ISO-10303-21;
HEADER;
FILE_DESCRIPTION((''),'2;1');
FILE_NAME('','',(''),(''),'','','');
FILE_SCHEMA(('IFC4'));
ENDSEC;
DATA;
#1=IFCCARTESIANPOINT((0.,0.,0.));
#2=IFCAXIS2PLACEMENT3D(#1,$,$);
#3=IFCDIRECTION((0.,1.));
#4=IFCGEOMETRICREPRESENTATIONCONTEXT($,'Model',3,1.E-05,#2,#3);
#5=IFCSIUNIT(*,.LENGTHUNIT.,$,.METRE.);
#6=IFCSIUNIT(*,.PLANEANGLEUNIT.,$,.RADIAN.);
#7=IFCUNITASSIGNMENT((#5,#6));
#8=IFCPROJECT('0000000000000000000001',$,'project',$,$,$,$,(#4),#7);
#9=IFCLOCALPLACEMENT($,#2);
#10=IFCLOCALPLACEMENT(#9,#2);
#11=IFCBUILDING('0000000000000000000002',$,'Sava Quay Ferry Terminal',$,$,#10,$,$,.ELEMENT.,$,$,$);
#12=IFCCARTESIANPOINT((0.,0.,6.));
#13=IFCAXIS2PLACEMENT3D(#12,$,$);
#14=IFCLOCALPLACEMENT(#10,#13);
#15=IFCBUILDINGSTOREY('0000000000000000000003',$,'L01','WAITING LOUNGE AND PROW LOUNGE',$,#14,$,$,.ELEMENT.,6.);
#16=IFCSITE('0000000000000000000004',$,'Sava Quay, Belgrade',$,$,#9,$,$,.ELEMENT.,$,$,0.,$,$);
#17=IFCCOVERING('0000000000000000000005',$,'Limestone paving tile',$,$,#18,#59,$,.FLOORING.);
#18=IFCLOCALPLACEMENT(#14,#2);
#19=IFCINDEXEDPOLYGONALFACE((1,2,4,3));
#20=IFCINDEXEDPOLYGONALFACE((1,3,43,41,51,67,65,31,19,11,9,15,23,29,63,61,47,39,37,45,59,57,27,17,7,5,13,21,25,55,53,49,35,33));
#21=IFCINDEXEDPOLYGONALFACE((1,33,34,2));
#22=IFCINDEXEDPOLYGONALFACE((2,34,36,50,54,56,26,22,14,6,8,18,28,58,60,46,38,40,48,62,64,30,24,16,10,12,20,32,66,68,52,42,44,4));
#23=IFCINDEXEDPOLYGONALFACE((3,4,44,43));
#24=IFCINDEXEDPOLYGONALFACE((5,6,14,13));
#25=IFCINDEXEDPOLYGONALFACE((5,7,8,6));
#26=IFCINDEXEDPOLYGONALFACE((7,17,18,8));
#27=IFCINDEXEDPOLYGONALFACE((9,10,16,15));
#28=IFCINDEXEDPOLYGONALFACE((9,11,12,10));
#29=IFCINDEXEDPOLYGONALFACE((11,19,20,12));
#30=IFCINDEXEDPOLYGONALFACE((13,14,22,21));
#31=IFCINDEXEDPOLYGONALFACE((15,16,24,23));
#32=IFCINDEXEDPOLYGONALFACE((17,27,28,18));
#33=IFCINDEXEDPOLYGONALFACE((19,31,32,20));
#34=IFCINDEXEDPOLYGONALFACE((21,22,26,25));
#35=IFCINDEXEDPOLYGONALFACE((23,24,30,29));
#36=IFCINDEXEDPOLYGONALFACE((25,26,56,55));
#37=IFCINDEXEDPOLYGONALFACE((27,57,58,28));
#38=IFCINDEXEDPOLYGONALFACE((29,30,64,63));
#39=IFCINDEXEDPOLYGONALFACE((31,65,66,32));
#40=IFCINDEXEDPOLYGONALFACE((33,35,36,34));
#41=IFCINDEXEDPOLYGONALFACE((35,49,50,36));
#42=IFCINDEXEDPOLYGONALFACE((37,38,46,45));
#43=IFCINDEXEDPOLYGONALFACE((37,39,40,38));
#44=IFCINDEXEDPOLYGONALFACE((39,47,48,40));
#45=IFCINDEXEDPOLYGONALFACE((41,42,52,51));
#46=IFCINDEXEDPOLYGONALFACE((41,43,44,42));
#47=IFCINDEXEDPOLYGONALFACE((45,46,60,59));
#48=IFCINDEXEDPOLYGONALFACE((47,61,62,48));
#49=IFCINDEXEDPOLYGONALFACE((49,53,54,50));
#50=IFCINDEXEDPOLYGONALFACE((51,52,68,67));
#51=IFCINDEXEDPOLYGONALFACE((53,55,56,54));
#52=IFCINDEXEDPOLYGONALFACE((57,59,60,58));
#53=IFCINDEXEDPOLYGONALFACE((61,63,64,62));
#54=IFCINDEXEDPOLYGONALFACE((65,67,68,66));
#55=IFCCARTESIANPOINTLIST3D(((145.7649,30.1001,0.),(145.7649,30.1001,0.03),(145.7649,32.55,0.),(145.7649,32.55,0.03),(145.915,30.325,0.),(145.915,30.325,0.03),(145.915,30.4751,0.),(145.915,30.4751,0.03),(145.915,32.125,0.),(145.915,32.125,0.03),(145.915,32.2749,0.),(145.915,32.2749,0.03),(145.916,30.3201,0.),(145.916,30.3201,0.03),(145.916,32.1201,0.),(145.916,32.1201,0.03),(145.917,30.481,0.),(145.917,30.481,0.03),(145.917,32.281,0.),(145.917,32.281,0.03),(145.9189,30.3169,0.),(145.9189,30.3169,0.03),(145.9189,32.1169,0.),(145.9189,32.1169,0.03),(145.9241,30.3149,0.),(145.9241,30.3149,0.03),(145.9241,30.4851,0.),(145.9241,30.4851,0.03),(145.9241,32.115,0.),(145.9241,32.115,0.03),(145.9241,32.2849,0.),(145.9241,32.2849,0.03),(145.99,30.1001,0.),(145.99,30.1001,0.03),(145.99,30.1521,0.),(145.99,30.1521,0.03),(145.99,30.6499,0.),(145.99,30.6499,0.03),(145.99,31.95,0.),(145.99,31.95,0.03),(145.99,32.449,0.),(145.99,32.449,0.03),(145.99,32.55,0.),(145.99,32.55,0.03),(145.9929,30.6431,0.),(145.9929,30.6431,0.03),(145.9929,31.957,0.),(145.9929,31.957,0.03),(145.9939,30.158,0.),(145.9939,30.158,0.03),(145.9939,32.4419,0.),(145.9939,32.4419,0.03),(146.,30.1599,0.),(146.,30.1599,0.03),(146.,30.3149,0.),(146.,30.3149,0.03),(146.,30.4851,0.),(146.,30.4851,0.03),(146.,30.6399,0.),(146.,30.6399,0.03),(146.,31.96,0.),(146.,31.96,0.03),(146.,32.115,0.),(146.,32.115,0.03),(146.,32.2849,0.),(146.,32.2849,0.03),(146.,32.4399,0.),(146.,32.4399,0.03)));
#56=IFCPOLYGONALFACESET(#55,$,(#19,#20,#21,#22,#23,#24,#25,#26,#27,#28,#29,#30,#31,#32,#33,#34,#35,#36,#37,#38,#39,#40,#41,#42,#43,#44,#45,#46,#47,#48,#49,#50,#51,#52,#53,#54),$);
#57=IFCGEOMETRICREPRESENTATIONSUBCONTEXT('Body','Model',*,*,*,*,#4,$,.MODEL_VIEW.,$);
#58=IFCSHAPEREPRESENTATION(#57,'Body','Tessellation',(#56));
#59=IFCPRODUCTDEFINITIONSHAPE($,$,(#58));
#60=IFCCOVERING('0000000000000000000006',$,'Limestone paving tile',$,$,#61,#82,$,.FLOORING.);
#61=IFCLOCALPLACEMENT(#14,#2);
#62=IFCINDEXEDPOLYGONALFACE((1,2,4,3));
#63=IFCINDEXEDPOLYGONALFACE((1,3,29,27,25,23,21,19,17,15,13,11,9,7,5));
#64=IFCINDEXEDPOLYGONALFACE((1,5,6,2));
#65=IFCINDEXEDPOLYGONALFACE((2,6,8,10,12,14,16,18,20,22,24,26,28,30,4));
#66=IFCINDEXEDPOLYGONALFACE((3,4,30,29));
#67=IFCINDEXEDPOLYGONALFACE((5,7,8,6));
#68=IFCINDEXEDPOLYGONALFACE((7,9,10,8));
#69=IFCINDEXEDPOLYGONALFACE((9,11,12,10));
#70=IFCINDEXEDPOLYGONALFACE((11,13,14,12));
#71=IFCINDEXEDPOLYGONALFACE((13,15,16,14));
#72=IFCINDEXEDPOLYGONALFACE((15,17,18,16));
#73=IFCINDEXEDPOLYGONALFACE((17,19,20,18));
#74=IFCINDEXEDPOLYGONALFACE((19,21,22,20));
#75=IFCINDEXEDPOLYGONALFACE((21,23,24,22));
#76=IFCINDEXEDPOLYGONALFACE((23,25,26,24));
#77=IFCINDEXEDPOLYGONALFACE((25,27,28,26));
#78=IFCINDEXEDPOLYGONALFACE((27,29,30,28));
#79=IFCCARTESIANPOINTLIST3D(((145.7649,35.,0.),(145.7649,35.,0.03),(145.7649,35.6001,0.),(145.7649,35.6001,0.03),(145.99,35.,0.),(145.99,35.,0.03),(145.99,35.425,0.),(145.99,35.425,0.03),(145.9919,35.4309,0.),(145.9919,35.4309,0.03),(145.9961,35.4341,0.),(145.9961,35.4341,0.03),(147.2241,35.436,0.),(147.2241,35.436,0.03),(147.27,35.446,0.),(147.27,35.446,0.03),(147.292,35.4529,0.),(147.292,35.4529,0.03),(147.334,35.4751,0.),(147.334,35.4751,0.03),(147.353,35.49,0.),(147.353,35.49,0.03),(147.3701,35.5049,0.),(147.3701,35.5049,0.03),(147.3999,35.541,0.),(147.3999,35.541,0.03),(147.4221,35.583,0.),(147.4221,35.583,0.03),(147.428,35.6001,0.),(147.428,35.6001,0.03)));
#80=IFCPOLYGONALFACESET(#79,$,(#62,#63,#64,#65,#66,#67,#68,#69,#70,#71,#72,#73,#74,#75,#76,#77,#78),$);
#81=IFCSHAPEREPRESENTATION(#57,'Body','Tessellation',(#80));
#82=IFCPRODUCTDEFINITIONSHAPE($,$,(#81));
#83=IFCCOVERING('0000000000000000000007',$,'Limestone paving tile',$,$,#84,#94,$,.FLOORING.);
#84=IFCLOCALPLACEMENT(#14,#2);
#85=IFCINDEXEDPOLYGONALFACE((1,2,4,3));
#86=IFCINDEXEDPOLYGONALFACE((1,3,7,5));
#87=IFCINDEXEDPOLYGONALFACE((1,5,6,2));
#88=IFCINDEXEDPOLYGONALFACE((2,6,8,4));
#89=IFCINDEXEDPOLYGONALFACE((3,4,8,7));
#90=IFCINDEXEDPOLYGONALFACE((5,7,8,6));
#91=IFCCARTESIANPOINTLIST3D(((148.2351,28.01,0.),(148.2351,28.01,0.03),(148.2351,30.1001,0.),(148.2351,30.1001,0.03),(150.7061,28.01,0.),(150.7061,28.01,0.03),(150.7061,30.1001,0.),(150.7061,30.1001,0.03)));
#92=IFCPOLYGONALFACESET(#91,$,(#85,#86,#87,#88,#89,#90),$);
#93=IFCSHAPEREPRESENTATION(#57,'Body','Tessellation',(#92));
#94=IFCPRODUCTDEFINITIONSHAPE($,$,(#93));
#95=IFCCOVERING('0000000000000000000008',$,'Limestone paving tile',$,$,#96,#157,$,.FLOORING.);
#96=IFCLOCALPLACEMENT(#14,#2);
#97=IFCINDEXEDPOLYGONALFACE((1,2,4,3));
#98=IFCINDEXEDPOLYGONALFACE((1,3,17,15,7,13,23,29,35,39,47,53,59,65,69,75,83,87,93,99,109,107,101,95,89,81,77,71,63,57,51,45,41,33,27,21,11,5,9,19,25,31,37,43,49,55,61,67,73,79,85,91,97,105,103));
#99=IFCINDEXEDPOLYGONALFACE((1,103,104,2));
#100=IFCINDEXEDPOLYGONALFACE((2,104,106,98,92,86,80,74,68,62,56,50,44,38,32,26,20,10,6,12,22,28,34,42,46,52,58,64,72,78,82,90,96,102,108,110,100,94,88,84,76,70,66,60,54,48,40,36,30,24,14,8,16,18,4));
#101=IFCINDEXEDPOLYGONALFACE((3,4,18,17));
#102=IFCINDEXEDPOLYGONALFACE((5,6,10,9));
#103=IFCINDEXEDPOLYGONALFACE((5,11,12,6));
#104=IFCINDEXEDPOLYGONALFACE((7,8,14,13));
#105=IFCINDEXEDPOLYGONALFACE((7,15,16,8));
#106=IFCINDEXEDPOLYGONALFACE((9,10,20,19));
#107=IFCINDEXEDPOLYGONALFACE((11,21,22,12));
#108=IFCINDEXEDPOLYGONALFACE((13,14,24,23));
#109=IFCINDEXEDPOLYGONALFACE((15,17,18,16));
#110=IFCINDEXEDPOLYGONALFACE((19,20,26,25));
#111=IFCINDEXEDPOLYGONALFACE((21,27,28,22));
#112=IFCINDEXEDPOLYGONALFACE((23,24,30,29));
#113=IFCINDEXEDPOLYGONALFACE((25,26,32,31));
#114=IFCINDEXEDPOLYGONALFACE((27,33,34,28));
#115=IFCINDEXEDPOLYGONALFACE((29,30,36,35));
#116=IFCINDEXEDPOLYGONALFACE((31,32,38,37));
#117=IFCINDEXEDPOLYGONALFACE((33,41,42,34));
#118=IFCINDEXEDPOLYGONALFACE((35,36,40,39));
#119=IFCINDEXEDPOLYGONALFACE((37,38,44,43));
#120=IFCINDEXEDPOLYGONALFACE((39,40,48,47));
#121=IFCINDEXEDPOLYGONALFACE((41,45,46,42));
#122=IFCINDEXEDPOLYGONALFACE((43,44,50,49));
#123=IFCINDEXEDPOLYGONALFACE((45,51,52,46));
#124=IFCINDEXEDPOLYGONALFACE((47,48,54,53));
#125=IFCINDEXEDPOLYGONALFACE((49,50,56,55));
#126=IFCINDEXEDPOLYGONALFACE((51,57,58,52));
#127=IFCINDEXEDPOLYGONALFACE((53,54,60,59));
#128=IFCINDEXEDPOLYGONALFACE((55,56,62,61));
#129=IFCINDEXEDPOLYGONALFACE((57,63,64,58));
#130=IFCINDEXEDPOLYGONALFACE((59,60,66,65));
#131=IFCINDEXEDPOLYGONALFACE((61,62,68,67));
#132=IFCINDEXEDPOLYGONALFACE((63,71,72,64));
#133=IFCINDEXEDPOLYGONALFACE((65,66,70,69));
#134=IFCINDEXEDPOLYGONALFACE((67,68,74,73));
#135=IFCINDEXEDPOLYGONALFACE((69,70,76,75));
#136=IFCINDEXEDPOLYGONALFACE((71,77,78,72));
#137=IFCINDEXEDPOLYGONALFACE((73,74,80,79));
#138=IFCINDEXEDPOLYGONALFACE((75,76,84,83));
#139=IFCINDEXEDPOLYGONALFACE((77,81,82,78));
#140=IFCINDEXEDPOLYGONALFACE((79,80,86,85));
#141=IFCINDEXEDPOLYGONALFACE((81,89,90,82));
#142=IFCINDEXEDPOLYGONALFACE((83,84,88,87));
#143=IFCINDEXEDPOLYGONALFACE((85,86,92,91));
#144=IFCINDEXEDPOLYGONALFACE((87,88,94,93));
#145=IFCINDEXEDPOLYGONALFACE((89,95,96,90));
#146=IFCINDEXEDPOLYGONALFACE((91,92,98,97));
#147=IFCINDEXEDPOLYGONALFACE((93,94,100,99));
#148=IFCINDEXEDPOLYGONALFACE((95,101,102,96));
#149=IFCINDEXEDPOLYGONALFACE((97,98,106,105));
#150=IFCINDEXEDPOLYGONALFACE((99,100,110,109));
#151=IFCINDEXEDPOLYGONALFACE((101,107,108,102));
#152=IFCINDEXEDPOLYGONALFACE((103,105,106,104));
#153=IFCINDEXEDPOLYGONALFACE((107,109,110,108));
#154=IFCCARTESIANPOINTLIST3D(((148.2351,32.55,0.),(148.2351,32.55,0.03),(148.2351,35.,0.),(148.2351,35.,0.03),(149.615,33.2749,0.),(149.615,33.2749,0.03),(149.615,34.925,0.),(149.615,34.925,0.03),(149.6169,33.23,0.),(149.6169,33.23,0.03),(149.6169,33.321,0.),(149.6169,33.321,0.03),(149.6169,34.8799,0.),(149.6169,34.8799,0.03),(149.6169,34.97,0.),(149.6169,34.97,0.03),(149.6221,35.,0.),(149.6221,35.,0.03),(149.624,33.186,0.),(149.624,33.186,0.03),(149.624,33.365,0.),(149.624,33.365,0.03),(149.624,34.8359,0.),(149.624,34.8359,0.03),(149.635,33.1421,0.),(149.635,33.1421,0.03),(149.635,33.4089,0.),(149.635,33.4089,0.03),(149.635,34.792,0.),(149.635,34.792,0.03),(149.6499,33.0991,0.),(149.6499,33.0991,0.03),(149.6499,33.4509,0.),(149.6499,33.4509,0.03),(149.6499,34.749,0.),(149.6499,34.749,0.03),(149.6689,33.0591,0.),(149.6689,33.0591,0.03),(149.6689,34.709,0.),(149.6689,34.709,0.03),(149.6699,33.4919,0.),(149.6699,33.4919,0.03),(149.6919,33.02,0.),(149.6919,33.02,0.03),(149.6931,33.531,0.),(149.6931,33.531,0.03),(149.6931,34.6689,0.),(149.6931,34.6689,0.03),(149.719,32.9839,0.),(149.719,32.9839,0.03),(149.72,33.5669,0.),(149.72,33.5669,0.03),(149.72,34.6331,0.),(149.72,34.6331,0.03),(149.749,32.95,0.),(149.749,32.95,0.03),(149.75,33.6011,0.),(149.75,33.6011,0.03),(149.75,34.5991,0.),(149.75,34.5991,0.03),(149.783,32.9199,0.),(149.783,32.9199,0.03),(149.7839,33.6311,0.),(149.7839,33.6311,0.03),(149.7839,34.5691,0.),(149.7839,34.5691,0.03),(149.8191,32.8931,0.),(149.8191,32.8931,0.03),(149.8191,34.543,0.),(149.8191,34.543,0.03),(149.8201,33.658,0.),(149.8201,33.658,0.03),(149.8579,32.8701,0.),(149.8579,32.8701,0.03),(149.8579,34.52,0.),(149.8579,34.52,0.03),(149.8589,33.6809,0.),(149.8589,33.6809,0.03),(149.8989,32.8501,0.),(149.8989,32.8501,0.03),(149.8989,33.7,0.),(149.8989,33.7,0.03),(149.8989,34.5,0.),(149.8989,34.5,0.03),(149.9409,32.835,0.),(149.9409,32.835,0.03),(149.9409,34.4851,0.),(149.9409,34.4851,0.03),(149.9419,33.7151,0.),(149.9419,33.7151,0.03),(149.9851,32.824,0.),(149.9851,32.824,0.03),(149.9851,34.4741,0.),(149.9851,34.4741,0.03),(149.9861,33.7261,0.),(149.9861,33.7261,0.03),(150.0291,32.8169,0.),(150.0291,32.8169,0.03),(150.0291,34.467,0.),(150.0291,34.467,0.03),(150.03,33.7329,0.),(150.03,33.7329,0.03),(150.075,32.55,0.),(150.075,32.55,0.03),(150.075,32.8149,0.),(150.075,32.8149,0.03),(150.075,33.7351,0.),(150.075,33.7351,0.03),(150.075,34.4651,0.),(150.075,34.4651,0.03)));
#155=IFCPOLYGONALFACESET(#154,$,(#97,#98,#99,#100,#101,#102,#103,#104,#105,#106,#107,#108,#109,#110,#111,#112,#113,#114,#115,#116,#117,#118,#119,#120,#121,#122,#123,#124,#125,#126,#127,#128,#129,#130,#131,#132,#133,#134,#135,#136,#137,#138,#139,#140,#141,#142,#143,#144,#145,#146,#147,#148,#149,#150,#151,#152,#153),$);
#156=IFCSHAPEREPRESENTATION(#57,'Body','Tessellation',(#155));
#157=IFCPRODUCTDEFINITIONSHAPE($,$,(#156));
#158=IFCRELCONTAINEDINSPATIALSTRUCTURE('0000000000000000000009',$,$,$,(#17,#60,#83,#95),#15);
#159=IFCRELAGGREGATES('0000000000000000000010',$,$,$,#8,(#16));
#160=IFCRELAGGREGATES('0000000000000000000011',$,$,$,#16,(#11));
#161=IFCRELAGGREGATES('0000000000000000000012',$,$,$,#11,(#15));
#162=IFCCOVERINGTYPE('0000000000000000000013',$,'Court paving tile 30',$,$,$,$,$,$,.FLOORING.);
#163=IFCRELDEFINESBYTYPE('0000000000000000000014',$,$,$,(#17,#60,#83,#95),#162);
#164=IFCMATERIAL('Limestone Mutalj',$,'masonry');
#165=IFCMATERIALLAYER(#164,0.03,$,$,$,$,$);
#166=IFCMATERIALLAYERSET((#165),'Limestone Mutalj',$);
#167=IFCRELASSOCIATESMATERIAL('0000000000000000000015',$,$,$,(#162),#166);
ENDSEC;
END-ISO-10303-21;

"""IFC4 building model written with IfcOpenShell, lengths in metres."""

from ifc_helpers import new_model, si_unit, direction, frame, origin, place, context, subcontext, project, spatial, polyline, outline, extrude, material, layer, layer_set, type_object, element, save


model = new_model("IFC4")

# Units and contexts
model_context = context("Model", 3, precision=1e-05, world=origin(), true_north=direction((0.0, 1.0)))
body_context = subcontext(model_context, "Body", "Model", "MODEL_VIEW")
ifc_project = project(units=[si_unit("LENGTHUNIT", "METRE"), si_unit("PLANEANGLEUNIT", "RADIAN")], contexts=[model_context])

# Site, building, storey
site_placement = place(None, origin())
site = spatial("IfcSite", under=ifc_project, at=site_placement, Name="Sava Quay, Belgrade", CompositionType="ELEMENT", RefElevation=0.0)
building_placement = place(site_placement, origin())
building = spatial("IfcBuilding", under=site, at=building_placement, Name="Sava Quay Ferry Terminal", CompositionType="ELEMENT")
storey_placement = place(building_placement, frame((0.0, 0.0, 6.0)))
storey = spatial("IfcBuildingStorey", under=building, at=storey_placement, Name="L01", Description="WAITING LOUNGE AND PROW LOUNGE", CompositionType="ELEMENT", Elevation=6.0)

# Coverings
ifc_material_1 = material(Name="Limestone Mutalj", Category="masonry")
ifc_layer_1 = layer(ifc_material_1, 0.03)
ifc_layer_set_1 = layer_set([ifc_layer_1], Name="Limestone Mutalj")
covering_type_1 = type_object("IfcCoveringType", Name="Court paving tile 30", PredefinedType="FLOORING", material=ifc_layer_set_1)
covering_1_placement = place(storey_placement, origin())
element("IfcCovering", 1, at=covering_1_placement, inside=storey, type_object=covering_type_1, Name="Limestone paving tile", PredefinedType="FLOORING", context=body_context, shape_type="SweptSolid", body=[
    extrude(outline(polyline([(145.7649, 32.55), (145.7649, 30.1001), (145.99, 30.1001), (145.99, 30.1521), (145.9939, 30.158), (146.0, 30.1599), (146.0, 30.3149), (145.9241, 30.3149), (145.9189, 30.3169), (145.916, 30.3201), (145.915, 30.325), (145.915, 30.4751), (145.917, 30.481), (145.9241, 30.4851), (146.0, 30.4851), (146.0, 30.6399), (145.9929, 30.6431), (145.99, 30.6499), (145.99, 31.95), (145.9929, 31.957), (146.0, 31.96), (146.0, 32.115), (145.9241, 32.115), (145.9189, 32.1169), (145.916, 32.1201), (145.915, 32.125), (145.915, 32.2749), (145.917, 32.281), (145.9241, 32.2849), (146.0, 32.2849), (146.0, 32.4399), (145.9939, 32.4419), (145.99, 32.449), (145.99, 32.55), (145.7649, 32.55)])), origin(), (0.0, 0.0, 1.0), 0.03),
])
covering_2_placement = place(storey_placement, origin())
element("IfcCovering", 2, at=covering_2_placement, inside=storey, type_object=covering_type_1, Name="Limestone paving tile", PredefinedType="FLOORING", context=body_context, shape_type="SweptSolid", body=[
    extrude(outline(polyline([(145.7649, 35.0), (145.99, 35.0), (145.99, 35.425), (145.9919, 35.4309), (145.9961, 35.4341), (147.2241, 35.436), (147.27, 35.446), (147.292, 35.4529), (147.334, 35.4751), (147.353, 35.49), (147.3701, 35.5049), (147.3999, 35.541), (147.4221, 35.583), (147.428, 35.6001), (145.7649, 35.6001), (145.7649, 35.0)])), origin(), (0.0, 0.0, 1.0), 0.03),
])
covering_3_placement = place(storey_placement, origin())
element("IfcCovering", 3, at=covering_3_placement, inside=storey, type_object=covering_type_1, Name="Limestone paving tile", PredefinedType="FLOORING", context=body_context, shape_type="SweptSolid", body=[
    extrude(outline(polyline([(148.2351, 30.1001), (148.2351, 28.01), (150.7061, 28.01), (150.7061, 30.1001), (148.2351, 30.1001)])), origin(), (0.0, 0.0, 1.0), 0.03),
])
covering_4_placement = place(storey_placement, origin())
element("IfcCovering", 4, at=covering_4_placement, inside=storey, type_object=covering_type_1, Name="Limestone paving tile", PredefinedType="FLOORING", context=body_context, shape_type="SweptSolid", body=[
    extrude(outline(polyline([(148.2351, 32.55), (150.075, 32.55), (150.075, 32.8149), (150.0291, 32.8169), (149.9851, 32.824), (149.9409, 32.835), (149.8989, 32.8501), (149.8579, 32.8701), (149.8191, 32.8931), (149.783, 32.9199), (149.749, 32.95), (149.719, 32.9839), (149.6919, 33.02), (149.6689, 33.0591), (149.6499, 33.0991), (149.635, 33.1421), (149.624, 33.186), (149.6169, 33.23), (149.615, 33.2749), (149.6169, 33.321), (149.624, 33.365), (149.635, 33.4089), (149.6499, 33.4509), (149.6699, 33.4919), (149.6931, 33.531), (149.72, 33.5669), (149.75, 33.6011), (149.7839, 33.6311), (149.8201, 33.658), (149.8589, 33.6809), (149.8989, 33.7), (149.9419, 33.7151), (149.9861, 33.7261), (150.03, 33.7329), (150.075, 33.7351), (150.075, 34.4651), (150.0291, 34.467), (149.9851, 34.4741), (149.9409, 34.4851), (149.8989, 34.5), (149.8579, 34.52), (149.8191, 34.543), (149.7839, 34.5691), (149.75, 34.5991), (149.72, 34.6331), (149.6931, 34.6689), (149.6689, 34.709), (149.6499, 34.749), (149.635, 34.792), (149.624, 34.8359), (149.6169, 34.8799), (149.615, 34.925), (149.6169, 34.97), (149.6221, 35.0), (148.2351, 35.0), (148.2351, 32.55)])), origin(), (0.0, 0.0, 1.0), 0.03),
])

save(model, "model.ifc")
